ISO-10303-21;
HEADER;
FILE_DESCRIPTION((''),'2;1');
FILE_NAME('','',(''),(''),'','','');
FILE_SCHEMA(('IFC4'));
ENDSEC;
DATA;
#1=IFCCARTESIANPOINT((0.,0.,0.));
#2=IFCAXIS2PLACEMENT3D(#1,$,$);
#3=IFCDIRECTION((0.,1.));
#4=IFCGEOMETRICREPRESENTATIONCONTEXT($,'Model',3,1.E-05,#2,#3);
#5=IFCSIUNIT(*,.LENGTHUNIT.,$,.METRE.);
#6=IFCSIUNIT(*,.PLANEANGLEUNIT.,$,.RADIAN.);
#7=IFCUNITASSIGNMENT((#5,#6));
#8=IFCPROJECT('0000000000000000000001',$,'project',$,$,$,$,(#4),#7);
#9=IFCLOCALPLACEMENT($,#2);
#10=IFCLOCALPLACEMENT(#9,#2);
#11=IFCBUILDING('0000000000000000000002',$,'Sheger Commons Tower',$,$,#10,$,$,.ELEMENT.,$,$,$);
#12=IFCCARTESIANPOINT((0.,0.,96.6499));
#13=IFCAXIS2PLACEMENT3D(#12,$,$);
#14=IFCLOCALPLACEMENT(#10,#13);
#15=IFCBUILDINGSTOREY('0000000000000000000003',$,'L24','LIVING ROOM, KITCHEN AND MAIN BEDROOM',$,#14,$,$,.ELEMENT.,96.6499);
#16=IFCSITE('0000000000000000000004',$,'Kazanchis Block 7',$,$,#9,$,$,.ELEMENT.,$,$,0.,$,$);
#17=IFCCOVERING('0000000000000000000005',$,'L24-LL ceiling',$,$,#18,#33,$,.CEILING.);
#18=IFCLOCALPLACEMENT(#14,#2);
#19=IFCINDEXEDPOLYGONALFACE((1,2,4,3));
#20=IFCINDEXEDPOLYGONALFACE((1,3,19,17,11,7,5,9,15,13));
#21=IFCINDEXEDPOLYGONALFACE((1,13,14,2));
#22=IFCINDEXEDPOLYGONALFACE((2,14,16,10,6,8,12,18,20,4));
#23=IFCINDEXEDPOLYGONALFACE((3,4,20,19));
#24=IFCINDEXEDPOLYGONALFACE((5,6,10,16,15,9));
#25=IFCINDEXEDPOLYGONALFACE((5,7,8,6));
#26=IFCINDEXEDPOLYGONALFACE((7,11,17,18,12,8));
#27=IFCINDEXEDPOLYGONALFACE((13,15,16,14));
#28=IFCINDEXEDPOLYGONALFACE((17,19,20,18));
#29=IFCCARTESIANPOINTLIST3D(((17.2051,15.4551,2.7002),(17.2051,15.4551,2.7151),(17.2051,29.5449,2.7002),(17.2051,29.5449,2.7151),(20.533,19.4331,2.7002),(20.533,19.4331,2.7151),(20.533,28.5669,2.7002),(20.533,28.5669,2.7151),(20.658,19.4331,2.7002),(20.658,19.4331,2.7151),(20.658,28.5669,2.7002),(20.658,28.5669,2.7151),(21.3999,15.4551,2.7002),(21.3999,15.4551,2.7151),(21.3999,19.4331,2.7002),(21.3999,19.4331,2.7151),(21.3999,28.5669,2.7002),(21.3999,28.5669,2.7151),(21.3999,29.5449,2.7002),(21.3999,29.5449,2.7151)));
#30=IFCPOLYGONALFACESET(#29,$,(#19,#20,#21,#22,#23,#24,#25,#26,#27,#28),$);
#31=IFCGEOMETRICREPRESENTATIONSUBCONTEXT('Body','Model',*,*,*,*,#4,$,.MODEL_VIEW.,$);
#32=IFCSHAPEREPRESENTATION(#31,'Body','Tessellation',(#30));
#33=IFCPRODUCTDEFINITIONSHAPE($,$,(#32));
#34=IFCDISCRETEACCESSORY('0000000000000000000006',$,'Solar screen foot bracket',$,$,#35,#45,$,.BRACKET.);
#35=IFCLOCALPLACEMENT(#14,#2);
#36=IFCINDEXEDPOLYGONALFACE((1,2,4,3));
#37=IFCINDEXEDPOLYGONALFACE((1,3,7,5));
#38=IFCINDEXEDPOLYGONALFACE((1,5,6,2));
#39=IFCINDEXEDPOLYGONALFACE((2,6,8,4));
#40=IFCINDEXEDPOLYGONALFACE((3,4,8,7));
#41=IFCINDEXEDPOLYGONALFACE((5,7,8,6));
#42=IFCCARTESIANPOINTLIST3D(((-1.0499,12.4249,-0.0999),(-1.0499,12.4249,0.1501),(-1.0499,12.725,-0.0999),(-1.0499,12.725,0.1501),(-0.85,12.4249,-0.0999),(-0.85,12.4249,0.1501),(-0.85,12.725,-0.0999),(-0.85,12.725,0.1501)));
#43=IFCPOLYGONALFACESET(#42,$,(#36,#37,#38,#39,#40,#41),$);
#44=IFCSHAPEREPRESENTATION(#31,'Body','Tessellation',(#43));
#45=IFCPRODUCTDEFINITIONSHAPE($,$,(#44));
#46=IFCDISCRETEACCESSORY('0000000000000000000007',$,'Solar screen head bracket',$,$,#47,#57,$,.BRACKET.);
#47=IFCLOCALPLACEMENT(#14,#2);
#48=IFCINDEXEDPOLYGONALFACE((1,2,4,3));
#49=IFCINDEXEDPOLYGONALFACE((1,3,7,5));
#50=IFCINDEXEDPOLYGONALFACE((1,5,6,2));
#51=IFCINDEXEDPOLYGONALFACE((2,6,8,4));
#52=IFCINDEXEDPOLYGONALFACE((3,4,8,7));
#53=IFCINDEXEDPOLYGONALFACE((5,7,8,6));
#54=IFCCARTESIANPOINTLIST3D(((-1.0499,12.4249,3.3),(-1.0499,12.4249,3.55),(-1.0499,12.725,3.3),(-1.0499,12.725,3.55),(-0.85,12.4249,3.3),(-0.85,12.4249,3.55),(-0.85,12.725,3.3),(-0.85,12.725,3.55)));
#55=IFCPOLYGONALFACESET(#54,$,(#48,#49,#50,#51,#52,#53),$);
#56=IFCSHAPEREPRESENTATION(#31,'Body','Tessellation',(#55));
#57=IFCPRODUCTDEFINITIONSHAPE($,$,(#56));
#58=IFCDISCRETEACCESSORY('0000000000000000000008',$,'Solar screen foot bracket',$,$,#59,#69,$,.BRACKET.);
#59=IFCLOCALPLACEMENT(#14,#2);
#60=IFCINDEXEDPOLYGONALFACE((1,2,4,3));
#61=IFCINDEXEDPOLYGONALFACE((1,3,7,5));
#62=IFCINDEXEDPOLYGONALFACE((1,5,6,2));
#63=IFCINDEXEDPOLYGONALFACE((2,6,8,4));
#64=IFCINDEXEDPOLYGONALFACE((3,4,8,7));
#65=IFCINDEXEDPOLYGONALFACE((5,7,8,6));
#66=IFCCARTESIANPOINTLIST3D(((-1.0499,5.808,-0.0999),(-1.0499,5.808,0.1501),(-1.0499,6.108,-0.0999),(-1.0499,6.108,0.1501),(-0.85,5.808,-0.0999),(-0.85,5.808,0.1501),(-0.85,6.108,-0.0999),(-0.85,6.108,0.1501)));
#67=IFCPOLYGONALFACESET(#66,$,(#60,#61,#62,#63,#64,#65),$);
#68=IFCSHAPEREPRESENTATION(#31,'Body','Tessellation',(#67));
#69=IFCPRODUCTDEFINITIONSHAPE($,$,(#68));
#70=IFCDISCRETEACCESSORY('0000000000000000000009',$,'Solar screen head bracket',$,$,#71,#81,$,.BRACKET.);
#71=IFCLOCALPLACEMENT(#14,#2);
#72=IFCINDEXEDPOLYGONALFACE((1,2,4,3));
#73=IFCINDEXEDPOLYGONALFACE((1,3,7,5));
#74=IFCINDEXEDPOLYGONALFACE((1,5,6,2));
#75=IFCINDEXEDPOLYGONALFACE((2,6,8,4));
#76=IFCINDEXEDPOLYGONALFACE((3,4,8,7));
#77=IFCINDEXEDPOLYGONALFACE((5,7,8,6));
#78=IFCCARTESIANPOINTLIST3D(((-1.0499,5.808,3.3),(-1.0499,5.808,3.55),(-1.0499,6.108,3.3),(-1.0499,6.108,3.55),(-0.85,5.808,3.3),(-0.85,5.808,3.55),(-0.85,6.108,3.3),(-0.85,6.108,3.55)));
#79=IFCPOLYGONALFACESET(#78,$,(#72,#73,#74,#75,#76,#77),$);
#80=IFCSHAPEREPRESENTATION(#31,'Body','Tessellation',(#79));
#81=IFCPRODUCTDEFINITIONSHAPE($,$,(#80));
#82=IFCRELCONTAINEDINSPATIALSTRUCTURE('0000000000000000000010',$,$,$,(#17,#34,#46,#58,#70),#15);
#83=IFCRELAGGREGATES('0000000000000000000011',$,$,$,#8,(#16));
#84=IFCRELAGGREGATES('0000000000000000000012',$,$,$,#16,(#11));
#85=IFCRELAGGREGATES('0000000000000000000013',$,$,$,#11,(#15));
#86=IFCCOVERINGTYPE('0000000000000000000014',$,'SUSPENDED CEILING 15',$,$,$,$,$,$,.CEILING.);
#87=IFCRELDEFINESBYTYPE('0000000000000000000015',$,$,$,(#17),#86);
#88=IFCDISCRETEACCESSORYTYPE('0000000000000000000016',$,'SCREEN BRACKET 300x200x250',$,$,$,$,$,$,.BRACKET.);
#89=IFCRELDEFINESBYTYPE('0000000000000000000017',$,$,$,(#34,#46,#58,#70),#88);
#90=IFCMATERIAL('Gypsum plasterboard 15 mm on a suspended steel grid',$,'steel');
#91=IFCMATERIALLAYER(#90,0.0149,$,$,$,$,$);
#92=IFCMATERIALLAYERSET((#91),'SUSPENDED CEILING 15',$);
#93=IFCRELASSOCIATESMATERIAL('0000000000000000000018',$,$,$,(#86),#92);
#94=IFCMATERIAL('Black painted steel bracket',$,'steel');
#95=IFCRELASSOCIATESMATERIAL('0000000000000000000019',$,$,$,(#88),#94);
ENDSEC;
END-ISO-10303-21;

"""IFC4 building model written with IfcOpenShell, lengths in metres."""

from ifc_helpers import new_model, si_unit, direction, frame, origin, origin_2d, place, context, subcontext, project, spatial, polyline, rectangle, outline, extrude, material, layer, layer_set, type_object, element, save


model = new_model("IFC4")

# Units and contexts
model_context = context("Model", 3, precision=1e-05, world=origin(), true_north=direction((0.0, 1.0)))
body_context = subcontext(model_context, "Body", "Model", "MODEL_VIEW")
ifc_project = project(units=[si_unit("LENGTHUNIT", "METRE"), si_unit("PLANEANGLEUNIT", "RADIAN")], contexts=[model_context])

# Site, building, storey
site_placement = place(None, origin())
site = spatial("IfcSite", under=ifc_project, at=site_placement, Name="Kazanchis Block 7", CompositionType="ELEMENT", RefElevation=0.0)
building_placement = place(site_placement, origin())
building = spatial("IfcBuilding", under=site, at=building_placement, Name="Sheger Commons Tower", CompositionType="ELEMENT")
storey_placement = place(building_placement, frame((0.0, 0.0, 96.6499)))
storey = spatial("IfcBuildingStorey", under=building, at=storey_placement, Name="L24", Description="LIVING ROOM, KITCHEN AND MAIN BEDROOM", CompositionType="ELEMENT", Elevation=96.6499)

# Covering
ifc_material_1 = material(Name="Gypsum plasterboard 15 mm on a suspended steel grid", Category="steel")
ifc_layer_1 = layer(ifc_material_1, 0.0149)
ifc_layer_set_1 = layer_set([ifc_layer_1], Name="SUSPENDED CEILING 15")
covering_type_1 = type_object("IfcCoveringType", Name="SUSPENDED CEILING 15", PredefinedType="CEILING", material=ifc_layer_set_1)
covering_1_placement = place(storey_placement, frame((0.0, 0.0, 2.7002)))
element("IfcCovering", 1, at=covering_1_placement, inside=storey, type_object=covering_type_1, Name="L24-LL ceiling", PredefinedType="CEILING", context=body_context, shape_type="SweptSolid", body=[
    extrude(outline(polyline([(17.2051, 15.4551), (21.3999, 15.4551), (21.3999, 19.4331), (20.658, 19.4331), (20.533, 19.4331), (20.533, 28.5669), (20.658, 28.5669), (21.3999, 28.5669), (21.3999, 29.5449), (17.2051, 29.5449), (17.2051, 15.4551)])), origin(), (0.0, 0.0, 1.0), 0.0149),
])

# Discrete accessories
ifc_material_2 = material(Name="Black painted steel bracket", Category="steel")
discrete_accessory_type = type_object("IfcDiscreteAccessoryType", Name="SCREEN BRACKET 300x200x250", PredefinedType="BRACKET", material=ifc_material_2)
for number, where, z_axis, x_axis, name in (
    (2, (-0.95, 12.575, -0.0999), (0.0, 0.0, 1.0), (0.0, -1.0, 0.0), "Solar screen foot bracket"),
    (3, (-0.95, 12.575, 3.3), (0.0, 0.0, 1.0), (0.0, -1.0, 0.0), "Solar screen head bracket"),
    (4, (-0.95, 5.958, -0.0999), (0.0, 0.0, 1.0), (0.0, -1.0, 0.0), "Solar screen foot bracket"),
    (5, (-0.95, 5.958, 3.3), (0.0, 0.0, 1.0), (0.0, -1.0, 0.0), "Solar screen head bracket"),
):
    element("IfcDiscreteAccessory", number, at=place(storey_placement, frame(where, z_axis=z_axis, x_axis=x_axis)), inside=storey, type_object=discrete_accessory_type, Name=name, PredefinedType="BRACKET", context=body_context, shape_type="SweptSolid", body=[
        extrude(rectangle(XDim=0.3, YDim=0.2, at=origin_2d()), origin(), (0.0, 0.0, 1.0), 0.25),
    ])

save(model, "model.ifc")
